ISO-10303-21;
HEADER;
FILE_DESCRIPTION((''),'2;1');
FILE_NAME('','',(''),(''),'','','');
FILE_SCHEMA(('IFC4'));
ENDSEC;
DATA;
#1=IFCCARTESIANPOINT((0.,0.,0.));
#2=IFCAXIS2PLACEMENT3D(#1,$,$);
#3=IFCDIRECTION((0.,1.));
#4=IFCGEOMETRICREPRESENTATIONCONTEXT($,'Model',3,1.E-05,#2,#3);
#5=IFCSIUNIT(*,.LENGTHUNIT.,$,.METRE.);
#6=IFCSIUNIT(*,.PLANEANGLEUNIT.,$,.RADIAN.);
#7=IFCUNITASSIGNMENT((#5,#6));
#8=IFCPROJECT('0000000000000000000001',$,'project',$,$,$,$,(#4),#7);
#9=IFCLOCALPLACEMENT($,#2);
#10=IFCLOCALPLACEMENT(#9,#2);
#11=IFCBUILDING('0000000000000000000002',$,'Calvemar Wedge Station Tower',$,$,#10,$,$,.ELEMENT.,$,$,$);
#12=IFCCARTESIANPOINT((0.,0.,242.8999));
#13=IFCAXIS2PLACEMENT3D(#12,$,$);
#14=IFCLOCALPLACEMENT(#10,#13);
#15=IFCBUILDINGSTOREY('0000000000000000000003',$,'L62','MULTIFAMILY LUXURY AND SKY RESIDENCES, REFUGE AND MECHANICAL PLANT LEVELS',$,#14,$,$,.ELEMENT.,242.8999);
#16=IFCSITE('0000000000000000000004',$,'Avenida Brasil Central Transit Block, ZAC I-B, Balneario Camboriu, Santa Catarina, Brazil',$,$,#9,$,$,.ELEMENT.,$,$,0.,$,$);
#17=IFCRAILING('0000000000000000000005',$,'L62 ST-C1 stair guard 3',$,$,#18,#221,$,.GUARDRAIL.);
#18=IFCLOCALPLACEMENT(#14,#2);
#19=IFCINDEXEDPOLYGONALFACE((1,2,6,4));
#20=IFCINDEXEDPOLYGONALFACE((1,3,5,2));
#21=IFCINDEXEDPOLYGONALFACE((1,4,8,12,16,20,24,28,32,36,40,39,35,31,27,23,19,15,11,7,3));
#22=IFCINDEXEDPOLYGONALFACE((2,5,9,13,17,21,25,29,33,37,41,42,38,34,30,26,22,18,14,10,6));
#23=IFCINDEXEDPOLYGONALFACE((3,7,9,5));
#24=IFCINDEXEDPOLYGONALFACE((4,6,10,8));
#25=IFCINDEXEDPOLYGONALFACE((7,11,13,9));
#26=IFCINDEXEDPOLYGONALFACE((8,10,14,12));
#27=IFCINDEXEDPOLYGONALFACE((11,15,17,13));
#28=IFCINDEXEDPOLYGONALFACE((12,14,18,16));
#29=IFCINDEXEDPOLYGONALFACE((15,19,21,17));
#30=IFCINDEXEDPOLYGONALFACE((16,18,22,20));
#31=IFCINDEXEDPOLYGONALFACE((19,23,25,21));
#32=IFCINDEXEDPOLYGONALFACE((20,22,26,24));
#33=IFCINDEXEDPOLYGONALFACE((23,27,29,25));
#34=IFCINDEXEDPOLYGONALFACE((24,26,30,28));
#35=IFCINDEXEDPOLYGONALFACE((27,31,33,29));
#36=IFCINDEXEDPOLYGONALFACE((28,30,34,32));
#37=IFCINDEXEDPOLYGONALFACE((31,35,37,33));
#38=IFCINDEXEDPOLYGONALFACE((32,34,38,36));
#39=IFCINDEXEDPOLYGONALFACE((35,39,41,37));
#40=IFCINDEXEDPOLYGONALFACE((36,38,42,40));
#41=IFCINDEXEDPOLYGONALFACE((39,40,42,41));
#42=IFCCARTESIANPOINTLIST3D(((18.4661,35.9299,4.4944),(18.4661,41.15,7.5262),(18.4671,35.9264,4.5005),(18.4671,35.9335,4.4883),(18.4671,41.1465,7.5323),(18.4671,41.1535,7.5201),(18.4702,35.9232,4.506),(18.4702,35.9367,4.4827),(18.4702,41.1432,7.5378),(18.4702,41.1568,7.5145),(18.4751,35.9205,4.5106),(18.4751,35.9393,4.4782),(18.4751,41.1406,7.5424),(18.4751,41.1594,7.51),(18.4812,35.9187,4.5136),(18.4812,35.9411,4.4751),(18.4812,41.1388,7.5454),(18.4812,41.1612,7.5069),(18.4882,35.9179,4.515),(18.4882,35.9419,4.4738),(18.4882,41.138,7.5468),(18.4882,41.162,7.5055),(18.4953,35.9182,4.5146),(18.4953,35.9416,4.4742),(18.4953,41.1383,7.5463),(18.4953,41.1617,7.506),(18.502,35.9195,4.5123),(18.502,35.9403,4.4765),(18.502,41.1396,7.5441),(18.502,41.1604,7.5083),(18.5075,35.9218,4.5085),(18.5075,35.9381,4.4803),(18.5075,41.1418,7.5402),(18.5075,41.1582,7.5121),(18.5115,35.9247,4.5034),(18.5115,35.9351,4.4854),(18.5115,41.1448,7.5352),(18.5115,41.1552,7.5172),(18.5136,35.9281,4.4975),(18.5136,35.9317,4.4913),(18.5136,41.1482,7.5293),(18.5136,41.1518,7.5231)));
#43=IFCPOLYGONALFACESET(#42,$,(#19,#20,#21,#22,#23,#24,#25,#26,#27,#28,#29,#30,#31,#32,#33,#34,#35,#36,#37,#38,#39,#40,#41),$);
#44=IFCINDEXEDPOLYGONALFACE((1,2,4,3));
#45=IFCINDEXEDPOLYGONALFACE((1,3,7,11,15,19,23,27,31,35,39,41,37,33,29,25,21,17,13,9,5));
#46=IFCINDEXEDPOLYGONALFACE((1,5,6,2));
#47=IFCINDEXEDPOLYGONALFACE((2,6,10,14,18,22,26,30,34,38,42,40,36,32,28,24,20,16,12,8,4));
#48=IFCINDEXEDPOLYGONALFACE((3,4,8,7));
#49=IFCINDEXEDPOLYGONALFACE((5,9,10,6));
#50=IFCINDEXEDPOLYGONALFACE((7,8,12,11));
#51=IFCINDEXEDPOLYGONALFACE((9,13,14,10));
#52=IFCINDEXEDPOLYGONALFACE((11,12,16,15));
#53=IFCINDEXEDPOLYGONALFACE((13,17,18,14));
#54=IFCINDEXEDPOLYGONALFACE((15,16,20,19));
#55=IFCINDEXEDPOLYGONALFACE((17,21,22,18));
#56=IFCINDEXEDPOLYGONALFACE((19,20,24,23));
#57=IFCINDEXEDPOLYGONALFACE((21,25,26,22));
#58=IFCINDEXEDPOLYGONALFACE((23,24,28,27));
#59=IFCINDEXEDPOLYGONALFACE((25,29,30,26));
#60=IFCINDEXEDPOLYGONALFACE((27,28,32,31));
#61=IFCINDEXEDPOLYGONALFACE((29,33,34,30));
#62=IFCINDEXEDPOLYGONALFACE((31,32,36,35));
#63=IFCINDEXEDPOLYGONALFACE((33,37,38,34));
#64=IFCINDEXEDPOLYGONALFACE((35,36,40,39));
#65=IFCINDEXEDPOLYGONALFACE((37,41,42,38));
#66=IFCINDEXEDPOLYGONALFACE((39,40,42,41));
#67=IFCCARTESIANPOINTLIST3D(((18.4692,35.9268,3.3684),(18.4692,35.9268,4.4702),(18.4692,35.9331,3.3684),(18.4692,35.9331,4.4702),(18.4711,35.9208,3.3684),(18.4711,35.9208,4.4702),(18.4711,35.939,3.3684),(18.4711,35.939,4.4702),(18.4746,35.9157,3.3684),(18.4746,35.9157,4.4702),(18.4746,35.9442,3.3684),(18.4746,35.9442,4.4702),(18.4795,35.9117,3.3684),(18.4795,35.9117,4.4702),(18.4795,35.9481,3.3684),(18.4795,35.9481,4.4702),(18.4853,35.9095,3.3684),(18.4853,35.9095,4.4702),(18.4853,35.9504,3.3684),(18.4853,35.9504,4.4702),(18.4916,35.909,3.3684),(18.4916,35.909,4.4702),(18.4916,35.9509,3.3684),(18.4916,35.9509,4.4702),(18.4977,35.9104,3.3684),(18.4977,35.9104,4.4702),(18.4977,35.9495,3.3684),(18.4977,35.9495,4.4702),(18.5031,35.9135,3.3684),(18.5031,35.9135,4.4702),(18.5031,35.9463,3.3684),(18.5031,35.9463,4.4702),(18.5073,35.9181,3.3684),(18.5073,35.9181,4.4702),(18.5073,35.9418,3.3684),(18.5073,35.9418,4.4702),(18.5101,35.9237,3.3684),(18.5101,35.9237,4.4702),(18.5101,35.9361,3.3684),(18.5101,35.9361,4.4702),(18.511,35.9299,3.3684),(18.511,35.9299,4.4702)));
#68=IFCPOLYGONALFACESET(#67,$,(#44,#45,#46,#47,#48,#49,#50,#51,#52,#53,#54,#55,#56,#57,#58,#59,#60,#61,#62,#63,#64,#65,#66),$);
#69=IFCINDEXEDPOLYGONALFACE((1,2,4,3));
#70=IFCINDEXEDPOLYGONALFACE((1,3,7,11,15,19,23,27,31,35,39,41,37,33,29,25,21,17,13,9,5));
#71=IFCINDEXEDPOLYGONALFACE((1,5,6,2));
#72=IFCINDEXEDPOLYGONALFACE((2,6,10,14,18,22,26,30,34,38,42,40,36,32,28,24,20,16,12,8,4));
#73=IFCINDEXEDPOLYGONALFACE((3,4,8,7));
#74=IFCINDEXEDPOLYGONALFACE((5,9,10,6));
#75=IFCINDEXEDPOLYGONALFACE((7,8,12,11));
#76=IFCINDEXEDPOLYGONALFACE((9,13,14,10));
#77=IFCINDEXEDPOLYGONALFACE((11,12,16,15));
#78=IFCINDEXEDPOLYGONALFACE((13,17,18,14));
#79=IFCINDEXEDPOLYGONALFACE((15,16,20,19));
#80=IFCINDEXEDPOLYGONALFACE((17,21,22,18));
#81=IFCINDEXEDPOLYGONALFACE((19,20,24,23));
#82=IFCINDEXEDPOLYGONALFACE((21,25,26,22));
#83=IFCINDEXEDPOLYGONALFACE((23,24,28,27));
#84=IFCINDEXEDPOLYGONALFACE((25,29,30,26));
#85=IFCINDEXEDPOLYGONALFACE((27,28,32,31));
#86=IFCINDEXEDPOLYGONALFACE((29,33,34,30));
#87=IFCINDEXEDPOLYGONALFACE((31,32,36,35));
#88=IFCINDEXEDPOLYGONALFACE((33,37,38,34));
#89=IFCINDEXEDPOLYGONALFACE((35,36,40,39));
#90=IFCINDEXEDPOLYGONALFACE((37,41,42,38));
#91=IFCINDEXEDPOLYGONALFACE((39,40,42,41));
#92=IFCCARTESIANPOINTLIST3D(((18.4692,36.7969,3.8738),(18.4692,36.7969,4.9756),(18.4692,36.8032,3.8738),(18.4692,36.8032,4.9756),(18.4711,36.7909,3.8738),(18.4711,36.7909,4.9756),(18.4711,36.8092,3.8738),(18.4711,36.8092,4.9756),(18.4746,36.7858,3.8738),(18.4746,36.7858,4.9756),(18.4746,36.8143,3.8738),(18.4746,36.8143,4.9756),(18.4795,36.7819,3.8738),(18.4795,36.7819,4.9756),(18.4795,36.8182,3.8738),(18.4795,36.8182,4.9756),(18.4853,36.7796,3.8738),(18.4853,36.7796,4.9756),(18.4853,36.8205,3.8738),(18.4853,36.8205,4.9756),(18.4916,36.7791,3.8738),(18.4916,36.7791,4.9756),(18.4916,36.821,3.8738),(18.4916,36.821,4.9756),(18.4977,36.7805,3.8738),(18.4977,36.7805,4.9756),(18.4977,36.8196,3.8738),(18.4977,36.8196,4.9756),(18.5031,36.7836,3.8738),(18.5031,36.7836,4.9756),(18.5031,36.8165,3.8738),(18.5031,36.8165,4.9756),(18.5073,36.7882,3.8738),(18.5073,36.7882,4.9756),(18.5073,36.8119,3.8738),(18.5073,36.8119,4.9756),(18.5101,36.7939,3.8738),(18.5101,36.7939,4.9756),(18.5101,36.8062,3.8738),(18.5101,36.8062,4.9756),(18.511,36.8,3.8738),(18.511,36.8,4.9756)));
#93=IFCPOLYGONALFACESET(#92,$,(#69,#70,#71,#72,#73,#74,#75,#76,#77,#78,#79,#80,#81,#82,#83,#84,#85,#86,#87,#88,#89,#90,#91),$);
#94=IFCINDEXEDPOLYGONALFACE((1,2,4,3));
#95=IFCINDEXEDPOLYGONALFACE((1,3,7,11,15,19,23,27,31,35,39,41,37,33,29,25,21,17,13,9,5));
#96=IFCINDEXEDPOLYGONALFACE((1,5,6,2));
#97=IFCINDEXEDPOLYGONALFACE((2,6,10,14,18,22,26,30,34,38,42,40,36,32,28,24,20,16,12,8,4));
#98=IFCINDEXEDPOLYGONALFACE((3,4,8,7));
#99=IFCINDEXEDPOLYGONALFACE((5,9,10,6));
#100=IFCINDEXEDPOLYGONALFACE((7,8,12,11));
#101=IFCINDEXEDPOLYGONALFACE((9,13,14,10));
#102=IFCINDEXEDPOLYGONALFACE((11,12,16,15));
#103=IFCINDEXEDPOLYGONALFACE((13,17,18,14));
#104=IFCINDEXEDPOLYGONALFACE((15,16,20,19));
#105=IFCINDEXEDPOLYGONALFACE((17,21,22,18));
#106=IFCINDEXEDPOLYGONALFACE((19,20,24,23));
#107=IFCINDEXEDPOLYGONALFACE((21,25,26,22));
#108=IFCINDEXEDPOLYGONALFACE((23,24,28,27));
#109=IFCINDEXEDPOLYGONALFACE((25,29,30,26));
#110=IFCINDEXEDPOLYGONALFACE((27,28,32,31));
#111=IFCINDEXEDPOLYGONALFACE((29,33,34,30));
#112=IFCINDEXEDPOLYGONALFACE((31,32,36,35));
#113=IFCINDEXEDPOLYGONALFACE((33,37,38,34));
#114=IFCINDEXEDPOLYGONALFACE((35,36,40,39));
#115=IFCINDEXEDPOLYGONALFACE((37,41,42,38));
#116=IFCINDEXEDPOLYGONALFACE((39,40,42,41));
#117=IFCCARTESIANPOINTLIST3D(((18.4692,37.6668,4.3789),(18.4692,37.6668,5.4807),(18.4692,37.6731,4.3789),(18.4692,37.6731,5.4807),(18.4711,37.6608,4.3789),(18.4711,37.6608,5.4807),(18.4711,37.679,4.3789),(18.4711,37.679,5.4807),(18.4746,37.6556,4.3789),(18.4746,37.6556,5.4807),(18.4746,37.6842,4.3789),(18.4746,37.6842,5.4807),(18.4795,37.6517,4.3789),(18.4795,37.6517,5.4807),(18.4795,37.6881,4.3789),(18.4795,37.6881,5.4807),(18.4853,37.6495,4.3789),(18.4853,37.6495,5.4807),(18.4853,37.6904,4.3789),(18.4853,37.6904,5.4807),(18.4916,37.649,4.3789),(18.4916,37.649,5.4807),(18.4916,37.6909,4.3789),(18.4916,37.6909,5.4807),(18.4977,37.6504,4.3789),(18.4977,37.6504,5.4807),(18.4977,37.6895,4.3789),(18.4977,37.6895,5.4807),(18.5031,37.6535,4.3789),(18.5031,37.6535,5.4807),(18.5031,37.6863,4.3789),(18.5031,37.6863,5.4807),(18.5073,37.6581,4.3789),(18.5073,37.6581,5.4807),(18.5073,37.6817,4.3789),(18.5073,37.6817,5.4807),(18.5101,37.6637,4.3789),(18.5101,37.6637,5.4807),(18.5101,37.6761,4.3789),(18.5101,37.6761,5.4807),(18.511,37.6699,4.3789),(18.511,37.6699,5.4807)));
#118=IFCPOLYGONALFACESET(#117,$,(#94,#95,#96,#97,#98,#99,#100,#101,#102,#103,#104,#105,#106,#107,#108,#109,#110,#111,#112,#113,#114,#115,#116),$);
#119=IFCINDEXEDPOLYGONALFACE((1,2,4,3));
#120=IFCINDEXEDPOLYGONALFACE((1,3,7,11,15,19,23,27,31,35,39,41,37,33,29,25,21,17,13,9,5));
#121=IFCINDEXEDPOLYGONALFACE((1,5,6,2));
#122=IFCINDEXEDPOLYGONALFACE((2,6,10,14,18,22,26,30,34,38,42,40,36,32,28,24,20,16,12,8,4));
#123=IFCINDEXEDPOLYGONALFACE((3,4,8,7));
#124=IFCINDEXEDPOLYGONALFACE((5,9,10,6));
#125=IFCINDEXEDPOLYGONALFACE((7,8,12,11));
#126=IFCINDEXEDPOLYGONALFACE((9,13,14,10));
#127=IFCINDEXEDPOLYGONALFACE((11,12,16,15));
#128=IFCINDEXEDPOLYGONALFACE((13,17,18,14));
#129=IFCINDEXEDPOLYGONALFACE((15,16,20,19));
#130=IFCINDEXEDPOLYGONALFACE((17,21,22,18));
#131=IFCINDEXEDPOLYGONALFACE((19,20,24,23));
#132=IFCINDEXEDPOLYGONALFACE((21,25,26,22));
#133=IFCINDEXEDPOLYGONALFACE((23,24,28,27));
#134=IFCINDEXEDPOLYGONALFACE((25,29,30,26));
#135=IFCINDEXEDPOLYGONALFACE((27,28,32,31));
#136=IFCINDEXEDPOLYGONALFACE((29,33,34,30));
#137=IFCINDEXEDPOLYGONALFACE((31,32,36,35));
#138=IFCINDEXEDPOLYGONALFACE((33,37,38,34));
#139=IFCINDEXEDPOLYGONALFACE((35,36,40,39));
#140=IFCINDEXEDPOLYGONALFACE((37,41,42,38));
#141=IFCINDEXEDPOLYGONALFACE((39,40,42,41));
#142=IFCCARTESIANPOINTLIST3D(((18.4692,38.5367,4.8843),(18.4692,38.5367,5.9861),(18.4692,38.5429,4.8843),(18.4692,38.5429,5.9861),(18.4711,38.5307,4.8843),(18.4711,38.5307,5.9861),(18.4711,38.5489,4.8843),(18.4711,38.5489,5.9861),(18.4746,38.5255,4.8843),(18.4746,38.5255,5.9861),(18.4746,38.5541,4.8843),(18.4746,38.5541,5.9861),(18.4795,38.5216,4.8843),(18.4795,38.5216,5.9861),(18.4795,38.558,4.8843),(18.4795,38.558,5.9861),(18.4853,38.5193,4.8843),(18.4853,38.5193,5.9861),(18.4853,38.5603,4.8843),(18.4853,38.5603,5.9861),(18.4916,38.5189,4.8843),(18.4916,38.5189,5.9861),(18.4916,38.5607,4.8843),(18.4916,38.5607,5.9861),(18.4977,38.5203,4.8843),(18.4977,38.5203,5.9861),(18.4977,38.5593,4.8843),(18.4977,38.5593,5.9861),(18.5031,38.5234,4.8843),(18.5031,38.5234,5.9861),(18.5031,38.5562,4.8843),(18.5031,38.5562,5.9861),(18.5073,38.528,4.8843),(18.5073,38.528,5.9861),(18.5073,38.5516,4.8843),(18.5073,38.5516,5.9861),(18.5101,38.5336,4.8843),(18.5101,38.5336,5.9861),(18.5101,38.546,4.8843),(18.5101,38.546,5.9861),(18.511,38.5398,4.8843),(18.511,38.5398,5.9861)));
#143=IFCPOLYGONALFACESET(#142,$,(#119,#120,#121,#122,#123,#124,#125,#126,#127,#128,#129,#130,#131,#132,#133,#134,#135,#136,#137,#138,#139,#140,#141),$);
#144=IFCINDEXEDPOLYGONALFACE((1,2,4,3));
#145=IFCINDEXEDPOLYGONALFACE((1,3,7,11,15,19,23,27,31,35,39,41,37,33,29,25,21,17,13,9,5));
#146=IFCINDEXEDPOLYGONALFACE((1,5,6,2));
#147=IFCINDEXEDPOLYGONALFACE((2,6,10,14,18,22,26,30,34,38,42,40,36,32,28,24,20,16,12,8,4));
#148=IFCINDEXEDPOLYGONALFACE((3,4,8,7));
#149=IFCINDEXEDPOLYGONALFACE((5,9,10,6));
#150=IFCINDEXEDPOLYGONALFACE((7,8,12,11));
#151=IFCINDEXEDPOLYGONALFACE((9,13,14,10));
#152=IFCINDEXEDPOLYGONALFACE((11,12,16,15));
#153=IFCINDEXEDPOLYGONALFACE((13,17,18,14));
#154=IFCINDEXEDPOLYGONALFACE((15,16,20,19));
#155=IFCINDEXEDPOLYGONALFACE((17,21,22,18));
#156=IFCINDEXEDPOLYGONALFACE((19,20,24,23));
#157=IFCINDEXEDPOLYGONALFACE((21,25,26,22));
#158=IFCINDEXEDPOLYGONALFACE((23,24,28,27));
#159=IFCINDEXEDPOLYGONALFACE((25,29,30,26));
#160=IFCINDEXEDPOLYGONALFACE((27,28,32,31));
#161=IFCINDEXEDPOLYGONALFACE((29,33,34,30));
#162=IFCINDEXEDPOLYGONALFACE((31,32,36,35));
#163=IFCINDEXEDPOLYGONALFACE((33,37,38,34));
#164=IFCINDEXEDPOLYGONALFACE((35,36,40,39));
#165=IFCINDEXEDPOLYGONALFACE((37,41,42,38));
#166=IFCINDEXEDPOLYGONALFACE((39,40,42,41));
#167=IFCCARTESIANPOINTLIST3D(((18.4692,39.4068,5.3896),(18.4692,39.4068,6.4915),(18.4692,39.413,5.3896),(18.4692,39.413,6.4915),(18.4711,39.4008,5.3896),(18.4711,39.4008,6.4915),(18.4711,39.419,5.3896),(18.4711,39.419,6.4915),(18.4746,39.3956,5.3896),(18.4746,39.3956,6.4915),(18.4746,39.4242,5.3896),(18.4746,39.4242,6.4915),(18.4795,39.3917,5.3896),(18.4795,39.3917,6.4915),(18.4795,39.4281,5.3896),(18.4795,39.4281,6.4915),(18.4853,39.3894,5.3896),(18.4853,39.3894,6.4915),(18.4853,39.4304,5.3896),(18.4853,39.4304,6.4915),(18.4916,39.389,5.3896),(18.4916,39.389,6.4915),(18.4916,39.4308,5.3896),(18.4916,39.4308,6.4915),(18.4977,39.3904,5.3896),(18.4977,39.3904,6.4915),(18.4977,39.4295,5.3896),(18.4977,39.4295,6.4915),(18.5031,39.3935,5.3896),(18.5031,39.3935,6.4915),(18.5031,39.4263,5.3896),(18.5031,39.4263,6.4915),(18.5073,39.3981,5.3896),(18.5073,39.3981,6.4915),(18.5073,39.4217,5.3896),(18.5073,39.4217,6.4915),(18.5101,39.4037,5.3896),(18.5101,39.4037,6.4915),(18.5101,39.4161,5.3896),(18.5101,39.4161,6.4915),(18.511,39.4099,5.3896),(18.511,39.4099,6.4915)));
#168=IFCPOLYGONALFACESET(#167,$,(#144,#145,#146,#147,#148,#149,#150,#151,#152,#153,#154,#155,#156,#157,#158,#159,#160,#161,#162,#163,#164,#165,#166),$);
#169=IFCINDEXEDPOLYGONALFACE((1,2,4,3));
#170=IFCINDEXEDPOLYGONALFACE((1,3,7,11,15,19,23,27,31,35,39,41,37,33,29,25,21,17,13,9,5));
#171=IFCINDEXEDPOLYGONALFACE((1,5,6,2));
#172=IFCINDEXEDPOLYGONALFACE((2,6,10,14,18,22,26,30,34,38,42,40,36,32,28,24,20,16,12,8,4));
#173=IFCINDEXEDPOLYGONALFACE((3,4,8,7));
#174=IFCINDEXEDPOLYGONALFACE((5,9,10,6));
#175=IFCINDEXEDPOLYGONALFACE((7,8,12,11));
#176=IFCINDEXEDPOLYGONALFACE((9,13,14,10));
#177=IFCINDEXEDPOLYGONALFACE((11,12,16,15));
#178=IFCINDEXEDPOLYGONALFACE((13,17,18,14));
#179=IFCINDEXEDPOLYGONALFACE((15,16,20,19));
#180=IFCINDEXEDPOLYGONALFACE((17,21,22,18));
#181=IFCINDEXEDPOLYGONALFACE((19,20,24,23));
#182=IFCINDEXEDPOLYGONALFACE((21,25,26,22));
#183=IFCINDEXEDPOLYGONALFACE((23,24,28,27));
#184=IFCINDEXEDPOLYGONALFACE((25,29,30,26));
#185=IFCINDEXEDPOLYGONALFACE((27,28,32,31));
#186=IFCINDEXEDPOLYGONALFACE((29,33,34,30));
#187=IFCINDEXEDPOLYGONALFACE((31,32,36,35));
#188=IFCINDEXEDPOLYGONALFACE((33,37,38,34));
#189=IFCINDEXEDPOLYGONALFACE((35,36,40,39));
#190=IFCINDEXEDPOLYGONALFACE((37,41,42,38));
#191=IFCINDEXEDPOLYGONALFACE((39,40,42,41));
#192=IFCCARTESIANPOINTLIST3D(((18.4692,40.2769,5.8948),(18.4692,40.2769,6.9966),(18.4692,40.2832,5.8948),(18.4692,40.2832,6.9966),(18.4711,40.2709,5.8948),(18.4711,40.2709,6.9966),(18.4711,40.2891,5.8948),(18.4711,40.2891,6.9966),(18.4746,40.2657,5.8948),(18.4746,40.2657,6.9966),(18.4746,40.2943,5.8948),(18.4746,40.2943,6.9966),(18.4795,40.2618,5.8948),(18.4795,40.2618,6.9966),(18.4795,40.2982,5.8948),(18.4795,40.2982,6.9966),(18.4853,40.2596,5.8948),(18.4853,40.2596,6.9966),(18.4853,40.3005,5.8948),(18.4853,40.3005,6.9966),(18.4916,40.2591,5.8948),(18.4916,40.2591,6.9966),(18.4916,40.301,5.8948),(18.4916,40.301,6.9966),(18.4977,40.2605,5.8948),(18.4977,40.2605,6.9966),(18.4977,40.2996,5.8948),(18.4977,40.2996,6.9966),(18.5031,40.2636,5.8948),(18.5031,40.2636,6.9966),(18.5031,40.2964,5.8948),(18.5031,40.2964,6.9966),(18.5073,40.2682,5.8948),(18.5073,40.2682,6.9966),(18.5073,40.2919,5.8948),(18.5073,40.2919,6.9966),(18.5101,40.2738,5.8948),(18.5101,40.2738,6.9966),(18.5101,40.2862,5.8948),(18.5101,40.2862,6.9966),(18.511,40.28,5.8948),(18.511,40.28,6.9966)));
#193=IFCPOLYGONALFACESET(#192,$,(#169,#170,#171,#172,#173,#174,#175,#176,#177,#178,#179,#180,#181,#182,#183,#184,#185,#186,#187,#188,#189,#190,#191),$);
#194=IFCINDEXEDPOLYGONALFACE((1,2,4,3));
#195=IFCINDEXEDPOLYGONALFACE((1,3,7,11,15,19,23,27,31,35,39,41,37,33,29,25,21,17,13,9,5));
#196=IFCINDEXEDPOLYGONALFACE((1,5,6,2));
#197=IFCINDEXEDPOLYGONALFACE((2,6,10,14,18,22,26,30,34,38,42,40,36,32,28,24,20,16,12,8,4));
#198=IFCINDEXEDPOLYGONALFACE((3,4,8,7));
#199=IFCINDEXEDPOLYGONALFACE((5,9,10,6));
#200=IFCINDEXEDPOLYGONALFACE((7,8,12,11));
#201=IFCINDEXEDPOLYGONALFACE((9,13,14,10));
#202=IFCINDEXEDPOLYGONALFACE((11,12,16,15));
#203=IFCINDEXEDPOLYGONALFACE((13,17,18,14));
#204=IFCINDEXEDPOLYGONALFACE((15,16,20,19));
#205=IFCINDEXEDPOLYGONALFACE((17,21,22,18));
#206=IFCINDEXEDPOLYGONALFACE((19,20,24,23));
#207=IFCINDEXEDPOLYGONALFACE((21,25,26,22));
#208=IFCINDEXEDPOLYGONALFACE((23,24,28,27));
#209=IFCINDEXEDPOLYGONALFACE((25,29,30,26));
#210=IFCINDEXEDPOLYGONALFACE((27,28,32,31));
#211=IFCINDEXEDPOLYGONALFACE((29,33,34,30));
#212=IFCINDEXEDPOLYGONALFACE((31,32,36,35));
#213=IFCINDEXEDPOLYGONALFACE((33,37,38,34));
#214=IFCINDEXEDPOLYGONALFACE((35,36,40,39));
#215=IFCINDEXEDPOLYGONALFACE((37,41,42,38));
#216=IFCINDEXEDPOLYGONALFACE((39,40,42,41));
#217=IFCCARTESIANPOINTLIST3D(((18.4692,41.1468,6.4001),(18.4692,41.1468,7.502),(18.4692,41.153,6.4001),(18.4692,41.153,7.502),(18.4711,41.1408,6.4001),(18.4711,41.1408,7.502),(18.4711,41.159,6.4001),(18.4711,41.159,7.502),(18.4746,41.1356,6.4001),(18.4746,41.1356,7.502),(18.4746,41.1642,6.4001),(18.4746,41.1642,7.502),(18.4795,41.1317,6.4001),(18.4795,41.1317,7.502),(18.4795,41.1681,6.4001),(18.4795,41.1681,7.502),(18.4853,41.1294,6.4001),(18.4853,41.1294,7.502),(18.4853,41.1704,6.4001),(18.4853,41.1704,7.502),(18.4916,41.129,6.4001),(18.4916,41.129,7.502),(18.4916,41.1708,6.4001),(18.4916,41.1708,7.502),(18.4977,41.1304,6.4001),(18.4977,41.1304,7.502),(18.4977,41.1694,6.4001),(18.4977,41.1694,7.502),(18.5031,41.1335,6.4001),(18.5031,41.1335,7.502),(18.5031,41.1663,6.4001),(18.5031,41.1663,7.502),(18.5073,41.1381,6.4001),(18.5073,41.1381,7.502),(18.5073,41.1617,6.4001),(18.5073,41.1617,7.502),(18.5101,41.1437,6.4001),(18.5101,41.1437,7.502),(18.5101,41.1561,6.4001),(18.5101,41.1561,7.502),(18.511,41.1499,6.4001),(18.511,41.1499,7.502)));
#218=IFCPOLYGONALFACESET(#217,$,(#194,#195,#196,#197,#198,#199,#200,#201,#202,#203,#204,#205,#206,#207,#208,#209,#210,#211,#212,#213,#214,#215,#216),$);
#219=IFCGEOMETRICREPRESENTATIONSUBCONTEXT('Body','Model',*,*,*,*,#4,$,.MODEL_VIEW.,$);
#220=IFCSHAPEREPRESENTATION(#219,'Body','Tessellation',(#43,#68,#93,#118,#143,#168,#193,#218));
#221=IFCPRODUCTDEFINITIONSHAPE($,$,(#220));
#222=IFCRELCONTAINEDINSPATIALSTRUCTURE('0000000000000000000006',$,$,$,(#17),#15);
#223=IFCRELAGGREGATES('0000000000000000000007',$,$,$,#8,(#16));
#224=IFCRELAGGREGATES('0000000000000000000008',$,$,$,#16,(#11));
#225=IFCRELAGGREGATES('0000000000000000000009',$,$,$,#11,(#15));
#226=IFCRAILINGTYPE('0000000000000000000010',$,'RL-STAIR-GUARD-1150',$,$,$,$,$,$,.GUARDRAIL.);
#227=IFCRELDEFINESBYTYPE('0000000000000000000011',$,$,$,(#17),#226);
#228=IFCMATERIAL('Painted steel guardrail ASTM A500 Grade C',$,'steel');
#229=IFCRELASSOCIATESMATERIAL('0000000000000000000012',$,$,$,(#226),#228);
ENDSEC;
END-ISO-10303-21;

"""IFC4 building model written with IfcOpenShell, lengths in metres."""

from ifc_helpers import new_model, si_unit, direction, frame, origin, origin_2d, place, context, subcontext, project, spatial, circle, extrude, material, type_object, element, save


model = new_model("IFC4")

# Units and contexts
model_context = context("Model", 3, precision=1e-05, world=origin(), true_north=direction((0.0, 1.0)))
body_context = subcontext(model_context, "Body", "Model", "MODEL_VIEW")
ifc_project = project(units=[si_unit("LENGTHUNIT", "METRE"), si_unit("PLANEANGLEUNIT", "RADIAN")], contexts=[model_context])

# Site, building, storey
site_placement = place(None, origin())
site = spatial("IfcSite", under=ifc_project, at=site_placement, Name="Avenida Brasil Central Transit Block, ZAC I-B, Balneario Camboriu, Santa Catarina, Brazil", CompositionType="ELEMENT", RefElevation=0.0)
building_placement = place(site_placement, origin())
building = spatial("IfcBuilding", under=site, at=building_placement, Name="Calvemar Wedge Station Tower", CompositionType="ELEMENT")
storey_placement = place(building_placement, frame((0.0, 0.0, 242.8999)))
storey = spatial("IfcBuildingStorey", under=building, at=storey_placement, Name="L62", Description="MULTIFAMILY LUXURY AND SKY RESIDENCES, REFUGE AND MECHANICAL PLANT LEVELS", CompositionType="ELEMENT", Elevation=242.8999)

# Railing
ifc_material_1 = material(Name="Painted steel guardrail ASTM A500 Grade C", Category="steel")
railing_type_1 = type_object("IfcRailingType", Name="RL-STAIR-GUARD-1150", PredefinedType="GUARDRAIL", material=ifc_material_1)
railing_1_placement = place(storey_placement, frame((18.49, 35.9299, 3.3684)))
element("IfcRailing", 1, at=railing_1_placement, inside=storey, type_object=railing_type_1, Name="L62 ST-C1 stair guard 3", PredefinedType="GUARDRAIL", context=body_context, shape_type="SweptSolid", body=[
    extrude(circle(Radius=0.0239, at=origin_2d()), frame((0.0, 0.0, 1.126), z_axis=(0.0, 0.864732, 0.502233), x_axis=(-1.0, 0.0, 0.0)), (0.0, 0.0, 1.0), 6.0366),
    extrude(circle(Radius=0.021, at=origin_2d()), origin(), (0.0, 0.0, 1.0), 1.1018),
    extrude(circle(Radius=0.021, at=origin_2d()), frame((0.0, 0.8701, 0.5054)), (0.0, 0.0, 1.0), 1.1018),
    extrude(circle(Radius=0.021, at=origin_2d()), frame((0.0, 1.74, 1.0105)), (0.0, 0.0, 1.0), 1.1018),
    extrude(circle(Radius=0.021, at=origin_2d()), frame((0.0, 2.6099, 1.5159)), (0.0, 0.0, 1.0), 1.1018),
    extrude(circle(Radius=0.021, at=origin_2d()), frame((0.0, 3.48, 2.0212)), (0.0, 0.0, 1.0), 1.1018),
    extrude(circle(Radius=0.021, at=origin_2d()), frame((0.0, 4.3501, 2.5264)), (0.0, 0.0, 1.0), 1.1018),
    extrude(circle(Radius=0.021, at=origin_2d()), frame((0.0, 5.22, 3.0317)), (0.0, 0.0, 1.0), 1.1018),
])

save(model, "model.ifc")
